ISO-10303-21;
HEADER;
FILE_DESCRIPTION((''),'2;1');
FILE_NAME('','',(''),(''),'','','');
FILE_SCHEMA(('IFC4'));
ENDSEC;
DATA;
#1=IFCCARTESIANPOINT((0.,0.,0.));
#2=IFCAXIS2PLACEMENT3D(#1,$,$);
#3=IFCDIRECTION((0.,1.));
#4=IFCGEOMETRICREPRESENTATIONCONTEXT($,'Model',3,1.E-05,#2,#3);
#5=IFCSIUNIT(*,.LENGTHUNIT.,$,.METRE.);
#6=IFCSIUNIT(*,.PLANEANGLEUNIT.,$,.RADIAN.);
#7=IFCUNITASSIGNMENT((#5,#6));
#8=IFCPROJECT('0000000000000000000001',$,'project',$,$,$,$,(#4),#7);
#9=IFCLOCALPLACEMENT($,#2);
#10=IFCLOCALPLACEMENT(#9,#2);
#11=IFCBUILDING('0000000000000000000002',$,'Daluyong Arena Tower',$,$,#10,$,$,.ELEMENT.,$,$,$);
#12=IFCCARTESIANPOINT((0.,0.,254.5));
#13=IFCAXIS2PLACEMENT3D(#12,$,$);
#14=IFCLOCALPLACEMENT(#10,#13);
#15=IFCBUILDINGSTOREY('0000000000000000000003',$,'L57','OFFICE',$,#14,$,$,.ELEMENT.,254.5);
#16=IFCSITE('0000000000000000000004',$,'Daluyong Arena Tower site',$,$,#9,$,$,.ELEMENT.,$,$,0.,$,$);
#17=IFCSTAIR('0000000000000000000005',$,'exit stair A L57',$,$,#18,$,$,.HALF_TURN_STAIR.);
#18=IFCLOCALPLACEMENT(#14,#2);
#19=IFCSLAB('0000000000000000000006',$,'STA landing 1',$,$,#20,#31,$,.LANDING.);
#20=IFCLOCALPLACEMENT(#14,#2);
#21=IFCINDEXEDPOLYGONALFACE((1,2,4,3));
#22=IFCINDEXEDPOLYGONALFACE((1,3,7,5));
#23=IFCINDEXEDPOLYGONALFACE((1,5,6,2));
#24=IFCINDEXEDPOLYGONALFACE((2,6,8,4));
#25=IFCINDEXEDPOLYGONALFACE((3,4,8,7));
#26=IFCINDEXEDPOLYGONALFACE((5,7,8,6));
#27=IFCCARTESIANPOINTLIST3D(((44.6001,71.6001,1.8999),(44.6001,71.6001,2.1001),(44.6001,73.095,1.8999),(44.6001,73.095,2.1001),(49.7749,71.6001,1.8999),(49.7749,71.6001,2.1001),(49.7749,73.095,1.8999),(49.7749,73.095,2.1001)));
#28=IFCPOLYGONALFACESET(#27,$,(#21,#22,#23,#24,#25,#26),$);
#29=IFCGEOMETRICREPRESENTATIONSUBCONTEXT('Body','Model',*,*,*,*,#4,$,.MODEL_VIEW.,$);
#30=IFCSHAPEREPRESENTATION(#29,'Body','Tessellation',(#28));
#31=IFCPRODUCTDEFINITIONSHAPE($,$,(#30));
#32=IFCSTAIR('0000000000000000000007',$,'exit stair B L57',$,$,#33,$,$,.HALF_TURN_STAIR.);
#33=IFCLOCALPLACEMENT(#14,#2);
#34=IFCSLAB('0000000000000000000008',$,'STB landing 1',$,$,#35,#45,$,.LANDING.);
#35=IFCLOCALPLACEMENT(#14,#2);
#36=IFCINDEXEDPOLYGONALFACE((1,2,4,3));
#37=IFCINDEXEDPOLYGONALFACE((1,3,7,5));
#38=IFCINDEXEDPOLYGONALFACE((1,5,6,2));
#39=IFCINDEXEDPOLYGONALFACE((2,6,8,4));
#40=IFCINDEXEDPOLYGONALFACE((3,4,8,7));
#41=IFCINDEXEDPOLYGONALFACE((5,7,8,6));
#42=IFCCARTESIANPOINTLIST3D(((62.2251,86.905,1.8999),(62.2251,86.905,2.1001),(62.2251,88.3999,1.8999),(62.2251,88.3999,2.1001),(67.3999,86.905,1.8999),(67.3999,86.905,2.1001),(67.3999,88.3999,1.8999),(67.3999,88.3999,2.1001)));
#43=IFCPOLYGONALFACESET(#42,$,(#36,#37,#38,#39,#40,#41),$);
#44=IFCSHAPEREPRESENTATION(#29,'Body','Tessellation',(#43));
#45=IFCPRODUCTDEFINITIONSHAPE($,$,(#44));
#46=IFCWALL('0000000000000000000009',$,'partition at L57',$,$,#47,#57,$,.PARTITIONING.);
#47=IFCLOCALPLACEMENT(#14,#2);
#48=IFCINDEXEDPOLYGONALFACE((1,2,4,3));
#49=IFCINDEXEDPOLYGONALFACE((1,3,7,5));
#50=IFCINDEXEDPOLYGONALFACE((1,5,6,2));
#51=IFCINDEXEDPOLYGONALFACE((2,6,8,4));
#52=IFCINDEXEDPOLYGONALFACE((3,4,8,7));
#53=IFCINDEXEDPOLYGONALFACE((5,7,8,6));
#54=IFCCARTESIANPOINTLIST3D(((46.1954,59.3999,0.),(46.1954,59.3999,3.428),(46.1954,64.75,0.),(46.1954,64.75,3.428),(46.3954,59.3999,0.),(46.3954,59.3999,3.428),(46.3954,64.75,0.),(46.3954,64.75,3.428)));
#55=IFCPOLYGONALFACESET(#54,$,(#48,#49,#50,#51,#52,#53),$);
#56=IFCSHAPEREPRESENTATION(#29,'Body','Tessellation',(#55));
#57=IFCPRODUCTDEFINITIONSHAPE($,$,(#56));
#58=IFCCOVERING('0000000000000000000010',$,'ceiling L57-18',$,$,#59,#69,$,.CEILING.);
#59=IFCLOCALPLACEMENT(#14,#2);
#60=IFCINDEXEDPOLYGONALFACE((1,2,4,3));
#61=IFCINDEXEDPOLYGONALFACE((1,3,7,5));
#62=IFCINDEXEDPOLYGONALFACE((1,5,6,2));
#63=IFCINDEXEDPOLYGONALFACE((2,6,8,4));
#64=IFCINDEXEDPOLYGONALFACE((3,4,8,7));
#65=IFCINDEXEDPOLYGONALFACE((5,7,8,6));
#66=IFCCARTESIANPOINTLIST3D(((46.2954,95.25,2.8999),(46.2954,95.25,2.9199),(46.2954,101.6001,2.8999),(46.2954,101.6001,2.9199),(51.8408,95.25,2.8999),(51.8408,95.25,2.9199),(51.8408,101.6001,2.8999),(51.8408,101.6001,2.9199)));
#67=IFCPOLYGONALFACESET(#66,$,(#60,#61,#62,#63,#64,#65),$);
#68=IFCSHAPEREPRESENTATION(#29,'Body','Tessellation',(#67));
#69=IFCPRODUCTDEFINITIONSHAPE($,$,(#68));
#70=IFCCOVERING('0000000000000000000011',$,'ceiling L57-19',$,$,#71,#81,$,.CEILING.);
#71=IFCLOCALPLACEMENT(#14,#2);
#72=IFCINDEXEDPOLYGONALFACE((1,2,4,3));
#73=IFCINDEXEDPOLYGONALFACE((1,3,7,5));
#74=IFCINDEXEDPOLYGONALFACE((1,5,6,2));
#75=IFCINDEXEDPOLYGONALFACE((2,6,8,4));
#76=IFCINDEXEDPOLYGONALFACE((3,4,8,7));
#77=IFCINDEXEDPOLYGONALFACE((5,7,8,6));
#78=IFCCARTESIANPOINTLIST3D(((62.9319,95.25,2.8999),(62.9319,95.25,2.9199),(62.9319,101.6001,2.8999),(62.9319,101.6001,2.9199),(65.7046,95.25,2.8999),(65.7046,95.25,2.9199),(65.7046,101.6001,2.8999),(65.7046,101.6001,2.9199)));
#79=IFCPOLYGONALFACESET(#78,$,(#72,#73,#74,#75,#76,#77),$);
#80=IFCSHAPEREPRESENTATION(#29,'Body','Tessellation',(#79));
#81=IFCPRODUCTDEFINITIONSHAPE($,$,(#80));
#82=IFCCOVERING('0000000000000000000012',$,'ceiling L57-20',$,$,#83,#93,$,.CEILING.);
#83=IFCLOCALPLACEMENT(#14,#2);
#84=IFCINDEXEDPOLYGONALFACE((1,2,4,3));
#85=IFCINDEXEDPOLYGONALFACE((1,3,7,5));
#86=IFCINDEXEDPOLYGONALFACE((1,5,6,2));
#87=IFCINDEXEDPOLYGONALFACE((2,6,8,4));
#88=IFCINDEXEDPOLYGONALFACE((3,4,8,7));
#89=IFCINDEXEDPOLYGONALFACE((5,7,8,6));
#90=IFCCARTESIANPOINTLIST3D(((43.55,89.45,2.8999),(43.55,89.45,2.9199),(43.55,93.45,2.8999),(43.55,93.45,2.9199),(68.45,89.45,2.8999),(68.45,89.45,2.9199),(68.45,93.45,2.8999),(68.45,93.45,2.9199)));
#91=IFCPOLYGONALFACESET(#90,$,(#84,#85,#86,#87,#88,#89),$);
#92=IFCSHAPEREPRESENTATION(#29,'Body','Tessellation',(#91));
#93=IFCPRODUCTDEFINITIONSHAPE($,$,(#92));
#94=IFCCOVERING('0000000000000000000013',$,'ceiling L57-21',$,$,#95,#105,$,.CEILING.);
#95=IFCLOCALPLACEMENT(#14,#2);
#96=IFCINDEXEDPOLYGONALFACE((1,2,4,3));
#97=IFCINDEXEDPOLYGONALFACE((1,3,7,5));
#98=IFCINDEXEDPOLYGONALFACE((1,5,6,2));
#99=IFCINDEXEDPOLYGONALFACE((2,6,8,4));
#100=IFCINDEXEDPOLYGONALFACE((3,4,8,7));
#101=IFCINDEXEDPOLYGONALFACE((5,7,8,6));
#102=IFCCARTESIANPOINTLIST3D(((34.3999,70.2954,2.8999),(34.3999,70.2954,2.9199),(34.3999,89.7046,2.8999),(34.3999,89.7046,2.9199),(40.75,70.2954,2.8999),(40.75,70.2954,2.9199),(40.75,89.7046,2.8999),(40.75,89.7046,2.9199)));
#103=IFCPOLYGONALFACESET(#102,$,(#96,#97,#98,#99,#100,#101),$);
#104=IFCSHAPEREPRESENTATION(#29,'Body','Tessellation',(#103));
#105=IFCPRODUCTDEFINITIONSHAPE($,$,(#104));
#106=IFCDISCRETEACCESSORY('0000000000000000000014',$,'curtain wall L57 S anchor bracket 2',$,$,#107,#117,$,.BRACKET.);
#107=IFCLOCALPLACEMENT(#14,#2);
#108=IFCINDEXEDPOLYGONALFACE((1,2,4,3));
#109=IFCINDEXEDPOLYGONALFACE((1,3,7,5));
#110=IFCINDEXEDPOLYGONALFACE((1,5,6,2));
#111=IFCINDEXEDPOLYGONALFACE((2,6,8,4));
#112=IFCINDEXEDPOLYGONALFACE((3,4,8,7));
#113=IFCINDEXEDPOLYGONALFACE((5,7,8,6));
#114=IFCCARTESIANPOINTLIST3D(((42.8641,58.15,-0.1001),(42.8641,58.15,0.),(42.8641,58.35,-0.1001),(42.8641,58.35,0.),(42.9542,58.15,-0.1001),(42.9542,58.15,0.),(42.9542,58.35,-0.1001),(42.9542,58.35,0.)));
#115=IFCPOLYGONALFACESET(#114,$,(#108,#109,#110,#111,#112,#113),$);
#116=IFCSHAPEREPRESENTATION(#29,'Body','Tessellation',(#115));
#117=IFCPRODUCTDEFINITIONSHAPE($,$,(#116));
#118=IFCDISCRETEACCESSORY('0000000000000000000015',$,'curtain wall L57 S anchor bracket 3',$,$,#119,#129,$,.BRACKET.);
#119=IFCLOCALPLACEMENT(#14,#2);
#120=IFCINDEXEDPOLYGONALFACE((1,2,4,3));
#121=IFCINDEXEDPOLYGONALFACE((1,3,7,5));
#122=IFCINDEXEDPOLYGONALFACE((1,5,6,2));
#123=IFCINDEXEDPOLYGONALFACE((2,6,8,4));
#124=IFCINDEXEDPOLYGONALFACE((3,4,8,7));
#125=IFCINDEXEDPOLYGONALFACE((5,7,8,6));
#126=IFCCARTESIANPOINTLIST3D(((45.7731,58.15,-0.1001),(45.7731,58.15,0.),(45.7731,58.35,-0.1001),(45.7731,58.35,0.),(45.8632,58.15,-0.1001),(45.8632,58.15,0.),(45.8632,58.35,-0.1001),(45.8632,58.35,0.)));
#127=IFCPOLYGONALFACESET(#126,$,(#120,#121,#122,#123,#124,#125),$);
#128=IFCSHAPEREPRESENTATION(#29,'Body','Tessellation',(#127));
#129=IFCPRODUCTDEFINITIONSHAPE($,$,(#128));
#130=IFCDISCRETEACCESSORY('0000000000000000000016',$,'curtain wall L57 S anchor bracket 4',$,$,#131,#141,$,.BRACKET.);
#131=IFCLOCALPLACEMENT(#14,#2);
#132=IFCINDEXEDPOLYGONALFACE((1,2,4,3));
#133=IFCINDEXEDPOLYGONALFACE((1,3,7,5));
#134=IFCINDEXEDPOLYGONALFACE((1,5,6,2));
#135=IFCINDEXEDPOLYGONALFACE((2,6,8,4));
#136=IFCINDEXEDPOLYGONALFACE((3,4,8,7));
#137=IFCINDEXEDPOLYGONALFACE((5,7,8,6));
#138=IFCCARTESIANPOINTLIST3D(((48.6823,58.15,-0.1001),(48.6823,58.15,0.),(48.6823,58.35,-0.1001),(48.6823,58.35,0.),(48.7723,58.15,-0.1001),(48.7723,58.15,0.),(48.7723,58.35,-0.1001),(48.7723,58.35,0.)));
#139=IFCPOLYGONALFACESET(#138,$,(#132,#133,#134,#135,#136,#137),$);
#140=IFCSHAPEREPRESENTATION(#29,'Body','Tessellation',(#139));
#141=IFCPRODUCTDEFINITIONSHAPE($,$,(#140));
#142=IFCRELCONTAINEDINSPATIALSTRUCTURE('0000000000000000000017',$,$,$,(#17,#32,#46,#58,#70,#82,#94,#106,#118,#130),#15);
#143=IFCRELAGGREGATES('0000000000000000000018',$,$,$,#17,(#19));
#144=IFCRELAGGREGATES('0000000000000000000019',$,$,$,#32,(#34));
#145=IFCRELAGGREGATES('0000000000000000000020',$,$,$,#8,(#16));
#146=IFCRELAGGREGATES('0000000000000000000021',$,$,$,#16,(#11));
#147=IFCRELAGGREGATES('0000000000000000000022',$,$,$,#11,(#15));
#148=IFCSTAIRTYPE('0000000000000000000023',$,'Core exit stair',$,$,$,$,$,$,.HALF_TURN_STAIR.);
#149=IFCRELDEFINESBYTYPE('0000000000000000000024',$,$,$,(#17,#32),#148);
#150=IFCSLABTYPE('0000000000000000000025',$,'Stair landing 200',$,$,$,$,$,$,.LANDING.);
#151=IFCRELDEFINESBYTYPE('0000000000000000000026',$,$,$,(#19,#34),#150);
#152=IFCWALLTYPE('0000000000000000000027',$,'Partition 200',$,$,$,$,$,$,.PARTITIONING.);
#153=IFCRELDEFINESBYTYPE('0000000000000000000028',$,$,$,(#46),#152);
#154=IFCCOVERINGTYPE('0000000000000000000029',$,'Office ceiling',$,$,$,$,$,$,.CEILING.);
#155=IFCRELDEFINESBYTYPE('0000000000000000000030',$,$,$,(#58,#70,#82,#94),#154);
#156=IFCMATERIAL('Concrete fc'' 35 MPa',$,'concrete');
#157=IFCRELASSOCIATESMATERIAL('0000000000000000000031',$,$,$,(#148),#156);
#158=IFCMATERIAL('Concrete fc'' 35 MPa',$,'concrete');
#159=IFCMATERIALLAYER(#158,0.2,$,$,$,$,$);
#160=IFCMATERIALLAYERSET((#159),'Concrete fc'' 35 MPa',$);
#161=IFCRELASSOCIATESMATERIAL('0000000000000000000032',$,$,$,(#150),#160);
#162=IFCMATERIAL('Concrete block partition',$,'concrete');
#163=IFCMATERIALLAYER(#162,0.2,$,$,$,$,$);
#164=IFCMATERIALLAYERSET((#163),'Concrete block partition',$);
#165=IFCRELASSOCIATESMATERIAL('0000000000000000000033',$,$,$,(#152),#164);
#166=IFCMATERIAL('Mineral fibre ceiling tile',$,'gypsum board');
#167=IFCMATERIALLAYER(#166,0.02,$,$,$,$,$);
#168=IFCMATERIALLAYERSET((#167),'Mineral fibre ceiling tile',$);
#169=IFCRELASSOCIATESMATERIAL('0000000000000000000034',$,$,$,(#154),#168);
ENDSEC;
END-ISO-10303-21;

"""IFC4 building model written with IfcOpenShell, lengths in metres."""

from ifc_helpers import new_model, si_unit, direction, frame, frame_2d, origin, origin_2d, place, context, subcontext, project, spatial, polyline, rectangle, outline, extrude, material, layer, layer_set, type_object, element, aggregate, save


model = new_model("IFC4")

# Units and contexts
model_context = context("Model", 3, precision=1e-05, world=origin(), true_north=direction((0.0, 1.0)))
body_context = subcontext(model_context, "Body", "Model", "MODEL_VIEW")
ifc_project = project(units=[si_unit("LENGTHUNIT", "METRE"), si_unit("PLANEANGLEUNIT", "RADIAN")], contexts=[model_context])

# Site, building, storey
site_placement = place(None, origin())
site = spatial("IfcSite", under=ifc_project, at=site_placement, Name="Daluyong Arena Tower site", CompositionType="ELEMENT", RefElevation=0.0)
building_placement = place(site_placement, origin())
building = spatial("IfcBuilding", under=site, at=building_placement, Name="Daluyong Arena Tower", CompositionType="ELEMENT")
storey_placement = place(building_placement, frame((0.0, 0.0, 254.5)))
storey = spatial("IfcBuildingStorey", under=building, at=storey_placement, Name="L57", Description="OFFICE", CompositionType="ELEMENT", Elevation=254.5)

# Stairs, slabs
ifc_material_1 = material(Name="Concrete fc' 35 MPa", Category="concrete")
stair_type = type_object("IfcStairType", Name="Core exit stair", PredefinedType="HALF_TURN_STAIR", material=ifc_material_1)
stair_1_placement = place(storey_placement, origin())
stair_1 = element("IfcStair", 1, at=stair_1_placement, inside=storey, type_object=stair_type, Name="exit stair A L57", PredefinedType="HALF_TURN_STAIR")
ifc_material_2 = material(Name="Concrete fc' 35 MPa", Category="concrete")
ifc_layer_1 = layer(ifc_material_2, 0.2)
ifc_layer_set_1 = layer_set([ifc_layer_1], Name="Concrete fc' 35 MPa")
slab_type = type_object("IfcSlabType", Name="Stair landing 200", PredefinedType="LANDING", material=ifc_layer_set_1)
slab_1_placement = place(storey_placement, frame((0.0, 0.0, 1.8999)))
slab_1 = element("IfcSlab", 2, at=slab_1_placement, type_object=slab_type, Name="STA landing 1", PredefinedType="LANDING", context=body_context, shape_type="SweptSolid", body=[
    extrude(outline(polyline([(44.6001, 71.6001), (49.7749, 71.6001), (49.7749, 73.095), (44.6001, 73.095), (44.6001, 71.6001)])), origin(), (0.0, 0.0, 1.0), 0.2002),
])
aggregate(stair_1, [slab_1])
stair_2_placement = place(storey_placement, origin())
stair_2 = element("IfcStair", 3, at=stair_2_placement, inside=storey, type_object=stair_type, Name="exit stair B L57", PredefinedType="HALF_TURN_STAIR")
slab_2_placement = place(storey_placement, frame((0.0, 0.0, 1.8999)))
slab_2 = element("IfcSlab", 4, at=slab_2_placement, type_object=slab_type, Name="STB landing 1", PredefinedType="LANDING", context=body_context, shape_type="SweptSolid", body=[
    extrude(outline(polyline([(62.2251, 86.905), (67.3999, 86.905), (67.3999, 88.3999), (62.2251, 88.3999), (62.2251, 86.905)])), origin(), (0.0, 0.0, 1.0), 0.2002),
])
aggregate(stair_2, [slab_2])

# Wall
ifc_material_3 = material(Name="Concrete block partition", Category="concrete")
ifc_layer_2 = layer(ifc_material_3, 0.2)
ifc_layer_set_2 = layer_set([ifc_layer_2], Name="Concrete block partition")
wall_type = type_object("IfcWallType", Name="Partition 200", PredefinedType="PARTITIONING", material=ifc_layer_set_2)
wall_placement = place(storey_placement, frame((46.2954, 59.3999, 0.0), z_axis=(0.0, 0.0, 1.0), x_axis=(0.0, 1.0, 0.0)))
element("IfcWall", 5, at=wall_placement, inside=storey, type_object=wall_type, Name="partition at L57", PredefinedType="PARTITIONING", context=body_context, shape_type="SweptSolid", body=[
    extrude(rectangle(XDim=5.3501, YDim=0.2, at=frame_2d((2.675, 0.0))), origin(), (0.0, 0.0, 1.0), 3.428),
])

# Coverings
ifc_material_4 = material(Name="Mineral fibre ceiling tile", Category="gypsum board")
ifc_layer_3 = layer(ifc_material_4, 0.02)
ifc_layer_set_3 = layer_set([ifc_layer_3], Name="Mineral fibre ceiling tile")
covering_type = type_object("IfcCoveringType", Name="Office ceiling", PredefinedType="CEILING", material=ifc_layer_set_3)
covering_1_placement = place(storey_placement, frame((0.0, 0.0, 2.8999)))
element("IfcCovering", 6, at=covering_1_placement, inside=storey, type_object=covering_type, Name="ceiling L57-18", PredefinedType="CEILING", context=body_context, shape_type="SweptSolid", body=[
    extrude(outline(polyline([(51.8408, 101.6001), (46.2954, 101.6001), (46.2954, 95.25), (51.8408, 95.25), (51.8408, 101.6001)])), origin(), (0.0, 0.0, 1.0), 0.02),
])
covering_2_placement = place(storey_placement, frame((0.0, 0.0, 2.8999)))
element("IfcCovering", 7, at=covering_2_placement, inside=storey, type_object=covering_type, Name="ceiling L57-19", PredefinedType="CEILING", context=body_context, shape_type="SweptSolid", body=[
    extrude(outline(polyline([(65.7046, 101.6001), (62.9319, 101.6001), (62.9319, 95.25), (65.7046, 95.25), (65.7046, 101.6001)])), origin(), (0.0, 0.0, 1.0), 0.02),
])
covering_3_placement = place(storey_placement, frame((0.0, 0.0, 2.8999)))
element("IfcCovering", 8, at=covering_3_placement, inside=storey, type_object=covering_type, Name="ceiling L57-20", PredefinedType="CEILING", context=body_context, shape_type="SweptSolid", body=[
    extrude(outline(polyline([(43.55, 93.45), (43.55, 89.45), (68.45, 89.45), (68.45, 93.45), (43.55, 93.45)])), origin(), (0.0, 0.0, 1.0), 0.02),
])
covering_4_placement = place(storey_placement, frame((0.0, 0.0, 2.8999)))
element("IfcCovering", 9, at=covering_4_placement, inside=storey, type_object=covering_type, Name="ceiling L57-21", PredefinedType="CEILING", context=body_context, shape_type="SweptSolid", body=[
    extrude(outline(polyline([(40.75, 70.2954), (40.75, 89.7046), (34.3999, 89.7046), (34.3999, 70.2954), (40.75, 70.2954)])), origin(), (0.0, 0.0, 1.0), 0.02),
])

# Discrete accessories
for number, where, z_axis, x_axis, name in (
    (10, (42.9092, 58.25, -0.1001), (0.0, 0.0, 1.0), (1.0, 0.0, 0.0), "curtain wall L57 S anchor bracket 2"),
    (11, (45.8181, 58.25, -0.1001), (0.0, 0.0, 1.0), (1.0, 0.0, 0.0), "curtain wall L57 S anchor bracket 3"),
    (12, (48.7273, 58.25, -0.1001), (0.0, 0.0, 1.0), (1.0, 0.0, 0.0), "curtain wall L57 S anchor bracket 4"),
):
    element("IfcDiscreteAccessory", number, at=place(storey_placement, frame(where, z_axis=z_axis, x_axis=x_axis)), inside=storey, Name=name, PredefinedType="BRACKET", context=body_context, shape_type="SweptSolid", body=[
        extrude(rectangle(XDim=0.0901, YDim=0.2, at=origin_2d()), origin(), (0.0, 0.0, 1.0), 0.1001),
    ])

save(model, "model.ifc")
